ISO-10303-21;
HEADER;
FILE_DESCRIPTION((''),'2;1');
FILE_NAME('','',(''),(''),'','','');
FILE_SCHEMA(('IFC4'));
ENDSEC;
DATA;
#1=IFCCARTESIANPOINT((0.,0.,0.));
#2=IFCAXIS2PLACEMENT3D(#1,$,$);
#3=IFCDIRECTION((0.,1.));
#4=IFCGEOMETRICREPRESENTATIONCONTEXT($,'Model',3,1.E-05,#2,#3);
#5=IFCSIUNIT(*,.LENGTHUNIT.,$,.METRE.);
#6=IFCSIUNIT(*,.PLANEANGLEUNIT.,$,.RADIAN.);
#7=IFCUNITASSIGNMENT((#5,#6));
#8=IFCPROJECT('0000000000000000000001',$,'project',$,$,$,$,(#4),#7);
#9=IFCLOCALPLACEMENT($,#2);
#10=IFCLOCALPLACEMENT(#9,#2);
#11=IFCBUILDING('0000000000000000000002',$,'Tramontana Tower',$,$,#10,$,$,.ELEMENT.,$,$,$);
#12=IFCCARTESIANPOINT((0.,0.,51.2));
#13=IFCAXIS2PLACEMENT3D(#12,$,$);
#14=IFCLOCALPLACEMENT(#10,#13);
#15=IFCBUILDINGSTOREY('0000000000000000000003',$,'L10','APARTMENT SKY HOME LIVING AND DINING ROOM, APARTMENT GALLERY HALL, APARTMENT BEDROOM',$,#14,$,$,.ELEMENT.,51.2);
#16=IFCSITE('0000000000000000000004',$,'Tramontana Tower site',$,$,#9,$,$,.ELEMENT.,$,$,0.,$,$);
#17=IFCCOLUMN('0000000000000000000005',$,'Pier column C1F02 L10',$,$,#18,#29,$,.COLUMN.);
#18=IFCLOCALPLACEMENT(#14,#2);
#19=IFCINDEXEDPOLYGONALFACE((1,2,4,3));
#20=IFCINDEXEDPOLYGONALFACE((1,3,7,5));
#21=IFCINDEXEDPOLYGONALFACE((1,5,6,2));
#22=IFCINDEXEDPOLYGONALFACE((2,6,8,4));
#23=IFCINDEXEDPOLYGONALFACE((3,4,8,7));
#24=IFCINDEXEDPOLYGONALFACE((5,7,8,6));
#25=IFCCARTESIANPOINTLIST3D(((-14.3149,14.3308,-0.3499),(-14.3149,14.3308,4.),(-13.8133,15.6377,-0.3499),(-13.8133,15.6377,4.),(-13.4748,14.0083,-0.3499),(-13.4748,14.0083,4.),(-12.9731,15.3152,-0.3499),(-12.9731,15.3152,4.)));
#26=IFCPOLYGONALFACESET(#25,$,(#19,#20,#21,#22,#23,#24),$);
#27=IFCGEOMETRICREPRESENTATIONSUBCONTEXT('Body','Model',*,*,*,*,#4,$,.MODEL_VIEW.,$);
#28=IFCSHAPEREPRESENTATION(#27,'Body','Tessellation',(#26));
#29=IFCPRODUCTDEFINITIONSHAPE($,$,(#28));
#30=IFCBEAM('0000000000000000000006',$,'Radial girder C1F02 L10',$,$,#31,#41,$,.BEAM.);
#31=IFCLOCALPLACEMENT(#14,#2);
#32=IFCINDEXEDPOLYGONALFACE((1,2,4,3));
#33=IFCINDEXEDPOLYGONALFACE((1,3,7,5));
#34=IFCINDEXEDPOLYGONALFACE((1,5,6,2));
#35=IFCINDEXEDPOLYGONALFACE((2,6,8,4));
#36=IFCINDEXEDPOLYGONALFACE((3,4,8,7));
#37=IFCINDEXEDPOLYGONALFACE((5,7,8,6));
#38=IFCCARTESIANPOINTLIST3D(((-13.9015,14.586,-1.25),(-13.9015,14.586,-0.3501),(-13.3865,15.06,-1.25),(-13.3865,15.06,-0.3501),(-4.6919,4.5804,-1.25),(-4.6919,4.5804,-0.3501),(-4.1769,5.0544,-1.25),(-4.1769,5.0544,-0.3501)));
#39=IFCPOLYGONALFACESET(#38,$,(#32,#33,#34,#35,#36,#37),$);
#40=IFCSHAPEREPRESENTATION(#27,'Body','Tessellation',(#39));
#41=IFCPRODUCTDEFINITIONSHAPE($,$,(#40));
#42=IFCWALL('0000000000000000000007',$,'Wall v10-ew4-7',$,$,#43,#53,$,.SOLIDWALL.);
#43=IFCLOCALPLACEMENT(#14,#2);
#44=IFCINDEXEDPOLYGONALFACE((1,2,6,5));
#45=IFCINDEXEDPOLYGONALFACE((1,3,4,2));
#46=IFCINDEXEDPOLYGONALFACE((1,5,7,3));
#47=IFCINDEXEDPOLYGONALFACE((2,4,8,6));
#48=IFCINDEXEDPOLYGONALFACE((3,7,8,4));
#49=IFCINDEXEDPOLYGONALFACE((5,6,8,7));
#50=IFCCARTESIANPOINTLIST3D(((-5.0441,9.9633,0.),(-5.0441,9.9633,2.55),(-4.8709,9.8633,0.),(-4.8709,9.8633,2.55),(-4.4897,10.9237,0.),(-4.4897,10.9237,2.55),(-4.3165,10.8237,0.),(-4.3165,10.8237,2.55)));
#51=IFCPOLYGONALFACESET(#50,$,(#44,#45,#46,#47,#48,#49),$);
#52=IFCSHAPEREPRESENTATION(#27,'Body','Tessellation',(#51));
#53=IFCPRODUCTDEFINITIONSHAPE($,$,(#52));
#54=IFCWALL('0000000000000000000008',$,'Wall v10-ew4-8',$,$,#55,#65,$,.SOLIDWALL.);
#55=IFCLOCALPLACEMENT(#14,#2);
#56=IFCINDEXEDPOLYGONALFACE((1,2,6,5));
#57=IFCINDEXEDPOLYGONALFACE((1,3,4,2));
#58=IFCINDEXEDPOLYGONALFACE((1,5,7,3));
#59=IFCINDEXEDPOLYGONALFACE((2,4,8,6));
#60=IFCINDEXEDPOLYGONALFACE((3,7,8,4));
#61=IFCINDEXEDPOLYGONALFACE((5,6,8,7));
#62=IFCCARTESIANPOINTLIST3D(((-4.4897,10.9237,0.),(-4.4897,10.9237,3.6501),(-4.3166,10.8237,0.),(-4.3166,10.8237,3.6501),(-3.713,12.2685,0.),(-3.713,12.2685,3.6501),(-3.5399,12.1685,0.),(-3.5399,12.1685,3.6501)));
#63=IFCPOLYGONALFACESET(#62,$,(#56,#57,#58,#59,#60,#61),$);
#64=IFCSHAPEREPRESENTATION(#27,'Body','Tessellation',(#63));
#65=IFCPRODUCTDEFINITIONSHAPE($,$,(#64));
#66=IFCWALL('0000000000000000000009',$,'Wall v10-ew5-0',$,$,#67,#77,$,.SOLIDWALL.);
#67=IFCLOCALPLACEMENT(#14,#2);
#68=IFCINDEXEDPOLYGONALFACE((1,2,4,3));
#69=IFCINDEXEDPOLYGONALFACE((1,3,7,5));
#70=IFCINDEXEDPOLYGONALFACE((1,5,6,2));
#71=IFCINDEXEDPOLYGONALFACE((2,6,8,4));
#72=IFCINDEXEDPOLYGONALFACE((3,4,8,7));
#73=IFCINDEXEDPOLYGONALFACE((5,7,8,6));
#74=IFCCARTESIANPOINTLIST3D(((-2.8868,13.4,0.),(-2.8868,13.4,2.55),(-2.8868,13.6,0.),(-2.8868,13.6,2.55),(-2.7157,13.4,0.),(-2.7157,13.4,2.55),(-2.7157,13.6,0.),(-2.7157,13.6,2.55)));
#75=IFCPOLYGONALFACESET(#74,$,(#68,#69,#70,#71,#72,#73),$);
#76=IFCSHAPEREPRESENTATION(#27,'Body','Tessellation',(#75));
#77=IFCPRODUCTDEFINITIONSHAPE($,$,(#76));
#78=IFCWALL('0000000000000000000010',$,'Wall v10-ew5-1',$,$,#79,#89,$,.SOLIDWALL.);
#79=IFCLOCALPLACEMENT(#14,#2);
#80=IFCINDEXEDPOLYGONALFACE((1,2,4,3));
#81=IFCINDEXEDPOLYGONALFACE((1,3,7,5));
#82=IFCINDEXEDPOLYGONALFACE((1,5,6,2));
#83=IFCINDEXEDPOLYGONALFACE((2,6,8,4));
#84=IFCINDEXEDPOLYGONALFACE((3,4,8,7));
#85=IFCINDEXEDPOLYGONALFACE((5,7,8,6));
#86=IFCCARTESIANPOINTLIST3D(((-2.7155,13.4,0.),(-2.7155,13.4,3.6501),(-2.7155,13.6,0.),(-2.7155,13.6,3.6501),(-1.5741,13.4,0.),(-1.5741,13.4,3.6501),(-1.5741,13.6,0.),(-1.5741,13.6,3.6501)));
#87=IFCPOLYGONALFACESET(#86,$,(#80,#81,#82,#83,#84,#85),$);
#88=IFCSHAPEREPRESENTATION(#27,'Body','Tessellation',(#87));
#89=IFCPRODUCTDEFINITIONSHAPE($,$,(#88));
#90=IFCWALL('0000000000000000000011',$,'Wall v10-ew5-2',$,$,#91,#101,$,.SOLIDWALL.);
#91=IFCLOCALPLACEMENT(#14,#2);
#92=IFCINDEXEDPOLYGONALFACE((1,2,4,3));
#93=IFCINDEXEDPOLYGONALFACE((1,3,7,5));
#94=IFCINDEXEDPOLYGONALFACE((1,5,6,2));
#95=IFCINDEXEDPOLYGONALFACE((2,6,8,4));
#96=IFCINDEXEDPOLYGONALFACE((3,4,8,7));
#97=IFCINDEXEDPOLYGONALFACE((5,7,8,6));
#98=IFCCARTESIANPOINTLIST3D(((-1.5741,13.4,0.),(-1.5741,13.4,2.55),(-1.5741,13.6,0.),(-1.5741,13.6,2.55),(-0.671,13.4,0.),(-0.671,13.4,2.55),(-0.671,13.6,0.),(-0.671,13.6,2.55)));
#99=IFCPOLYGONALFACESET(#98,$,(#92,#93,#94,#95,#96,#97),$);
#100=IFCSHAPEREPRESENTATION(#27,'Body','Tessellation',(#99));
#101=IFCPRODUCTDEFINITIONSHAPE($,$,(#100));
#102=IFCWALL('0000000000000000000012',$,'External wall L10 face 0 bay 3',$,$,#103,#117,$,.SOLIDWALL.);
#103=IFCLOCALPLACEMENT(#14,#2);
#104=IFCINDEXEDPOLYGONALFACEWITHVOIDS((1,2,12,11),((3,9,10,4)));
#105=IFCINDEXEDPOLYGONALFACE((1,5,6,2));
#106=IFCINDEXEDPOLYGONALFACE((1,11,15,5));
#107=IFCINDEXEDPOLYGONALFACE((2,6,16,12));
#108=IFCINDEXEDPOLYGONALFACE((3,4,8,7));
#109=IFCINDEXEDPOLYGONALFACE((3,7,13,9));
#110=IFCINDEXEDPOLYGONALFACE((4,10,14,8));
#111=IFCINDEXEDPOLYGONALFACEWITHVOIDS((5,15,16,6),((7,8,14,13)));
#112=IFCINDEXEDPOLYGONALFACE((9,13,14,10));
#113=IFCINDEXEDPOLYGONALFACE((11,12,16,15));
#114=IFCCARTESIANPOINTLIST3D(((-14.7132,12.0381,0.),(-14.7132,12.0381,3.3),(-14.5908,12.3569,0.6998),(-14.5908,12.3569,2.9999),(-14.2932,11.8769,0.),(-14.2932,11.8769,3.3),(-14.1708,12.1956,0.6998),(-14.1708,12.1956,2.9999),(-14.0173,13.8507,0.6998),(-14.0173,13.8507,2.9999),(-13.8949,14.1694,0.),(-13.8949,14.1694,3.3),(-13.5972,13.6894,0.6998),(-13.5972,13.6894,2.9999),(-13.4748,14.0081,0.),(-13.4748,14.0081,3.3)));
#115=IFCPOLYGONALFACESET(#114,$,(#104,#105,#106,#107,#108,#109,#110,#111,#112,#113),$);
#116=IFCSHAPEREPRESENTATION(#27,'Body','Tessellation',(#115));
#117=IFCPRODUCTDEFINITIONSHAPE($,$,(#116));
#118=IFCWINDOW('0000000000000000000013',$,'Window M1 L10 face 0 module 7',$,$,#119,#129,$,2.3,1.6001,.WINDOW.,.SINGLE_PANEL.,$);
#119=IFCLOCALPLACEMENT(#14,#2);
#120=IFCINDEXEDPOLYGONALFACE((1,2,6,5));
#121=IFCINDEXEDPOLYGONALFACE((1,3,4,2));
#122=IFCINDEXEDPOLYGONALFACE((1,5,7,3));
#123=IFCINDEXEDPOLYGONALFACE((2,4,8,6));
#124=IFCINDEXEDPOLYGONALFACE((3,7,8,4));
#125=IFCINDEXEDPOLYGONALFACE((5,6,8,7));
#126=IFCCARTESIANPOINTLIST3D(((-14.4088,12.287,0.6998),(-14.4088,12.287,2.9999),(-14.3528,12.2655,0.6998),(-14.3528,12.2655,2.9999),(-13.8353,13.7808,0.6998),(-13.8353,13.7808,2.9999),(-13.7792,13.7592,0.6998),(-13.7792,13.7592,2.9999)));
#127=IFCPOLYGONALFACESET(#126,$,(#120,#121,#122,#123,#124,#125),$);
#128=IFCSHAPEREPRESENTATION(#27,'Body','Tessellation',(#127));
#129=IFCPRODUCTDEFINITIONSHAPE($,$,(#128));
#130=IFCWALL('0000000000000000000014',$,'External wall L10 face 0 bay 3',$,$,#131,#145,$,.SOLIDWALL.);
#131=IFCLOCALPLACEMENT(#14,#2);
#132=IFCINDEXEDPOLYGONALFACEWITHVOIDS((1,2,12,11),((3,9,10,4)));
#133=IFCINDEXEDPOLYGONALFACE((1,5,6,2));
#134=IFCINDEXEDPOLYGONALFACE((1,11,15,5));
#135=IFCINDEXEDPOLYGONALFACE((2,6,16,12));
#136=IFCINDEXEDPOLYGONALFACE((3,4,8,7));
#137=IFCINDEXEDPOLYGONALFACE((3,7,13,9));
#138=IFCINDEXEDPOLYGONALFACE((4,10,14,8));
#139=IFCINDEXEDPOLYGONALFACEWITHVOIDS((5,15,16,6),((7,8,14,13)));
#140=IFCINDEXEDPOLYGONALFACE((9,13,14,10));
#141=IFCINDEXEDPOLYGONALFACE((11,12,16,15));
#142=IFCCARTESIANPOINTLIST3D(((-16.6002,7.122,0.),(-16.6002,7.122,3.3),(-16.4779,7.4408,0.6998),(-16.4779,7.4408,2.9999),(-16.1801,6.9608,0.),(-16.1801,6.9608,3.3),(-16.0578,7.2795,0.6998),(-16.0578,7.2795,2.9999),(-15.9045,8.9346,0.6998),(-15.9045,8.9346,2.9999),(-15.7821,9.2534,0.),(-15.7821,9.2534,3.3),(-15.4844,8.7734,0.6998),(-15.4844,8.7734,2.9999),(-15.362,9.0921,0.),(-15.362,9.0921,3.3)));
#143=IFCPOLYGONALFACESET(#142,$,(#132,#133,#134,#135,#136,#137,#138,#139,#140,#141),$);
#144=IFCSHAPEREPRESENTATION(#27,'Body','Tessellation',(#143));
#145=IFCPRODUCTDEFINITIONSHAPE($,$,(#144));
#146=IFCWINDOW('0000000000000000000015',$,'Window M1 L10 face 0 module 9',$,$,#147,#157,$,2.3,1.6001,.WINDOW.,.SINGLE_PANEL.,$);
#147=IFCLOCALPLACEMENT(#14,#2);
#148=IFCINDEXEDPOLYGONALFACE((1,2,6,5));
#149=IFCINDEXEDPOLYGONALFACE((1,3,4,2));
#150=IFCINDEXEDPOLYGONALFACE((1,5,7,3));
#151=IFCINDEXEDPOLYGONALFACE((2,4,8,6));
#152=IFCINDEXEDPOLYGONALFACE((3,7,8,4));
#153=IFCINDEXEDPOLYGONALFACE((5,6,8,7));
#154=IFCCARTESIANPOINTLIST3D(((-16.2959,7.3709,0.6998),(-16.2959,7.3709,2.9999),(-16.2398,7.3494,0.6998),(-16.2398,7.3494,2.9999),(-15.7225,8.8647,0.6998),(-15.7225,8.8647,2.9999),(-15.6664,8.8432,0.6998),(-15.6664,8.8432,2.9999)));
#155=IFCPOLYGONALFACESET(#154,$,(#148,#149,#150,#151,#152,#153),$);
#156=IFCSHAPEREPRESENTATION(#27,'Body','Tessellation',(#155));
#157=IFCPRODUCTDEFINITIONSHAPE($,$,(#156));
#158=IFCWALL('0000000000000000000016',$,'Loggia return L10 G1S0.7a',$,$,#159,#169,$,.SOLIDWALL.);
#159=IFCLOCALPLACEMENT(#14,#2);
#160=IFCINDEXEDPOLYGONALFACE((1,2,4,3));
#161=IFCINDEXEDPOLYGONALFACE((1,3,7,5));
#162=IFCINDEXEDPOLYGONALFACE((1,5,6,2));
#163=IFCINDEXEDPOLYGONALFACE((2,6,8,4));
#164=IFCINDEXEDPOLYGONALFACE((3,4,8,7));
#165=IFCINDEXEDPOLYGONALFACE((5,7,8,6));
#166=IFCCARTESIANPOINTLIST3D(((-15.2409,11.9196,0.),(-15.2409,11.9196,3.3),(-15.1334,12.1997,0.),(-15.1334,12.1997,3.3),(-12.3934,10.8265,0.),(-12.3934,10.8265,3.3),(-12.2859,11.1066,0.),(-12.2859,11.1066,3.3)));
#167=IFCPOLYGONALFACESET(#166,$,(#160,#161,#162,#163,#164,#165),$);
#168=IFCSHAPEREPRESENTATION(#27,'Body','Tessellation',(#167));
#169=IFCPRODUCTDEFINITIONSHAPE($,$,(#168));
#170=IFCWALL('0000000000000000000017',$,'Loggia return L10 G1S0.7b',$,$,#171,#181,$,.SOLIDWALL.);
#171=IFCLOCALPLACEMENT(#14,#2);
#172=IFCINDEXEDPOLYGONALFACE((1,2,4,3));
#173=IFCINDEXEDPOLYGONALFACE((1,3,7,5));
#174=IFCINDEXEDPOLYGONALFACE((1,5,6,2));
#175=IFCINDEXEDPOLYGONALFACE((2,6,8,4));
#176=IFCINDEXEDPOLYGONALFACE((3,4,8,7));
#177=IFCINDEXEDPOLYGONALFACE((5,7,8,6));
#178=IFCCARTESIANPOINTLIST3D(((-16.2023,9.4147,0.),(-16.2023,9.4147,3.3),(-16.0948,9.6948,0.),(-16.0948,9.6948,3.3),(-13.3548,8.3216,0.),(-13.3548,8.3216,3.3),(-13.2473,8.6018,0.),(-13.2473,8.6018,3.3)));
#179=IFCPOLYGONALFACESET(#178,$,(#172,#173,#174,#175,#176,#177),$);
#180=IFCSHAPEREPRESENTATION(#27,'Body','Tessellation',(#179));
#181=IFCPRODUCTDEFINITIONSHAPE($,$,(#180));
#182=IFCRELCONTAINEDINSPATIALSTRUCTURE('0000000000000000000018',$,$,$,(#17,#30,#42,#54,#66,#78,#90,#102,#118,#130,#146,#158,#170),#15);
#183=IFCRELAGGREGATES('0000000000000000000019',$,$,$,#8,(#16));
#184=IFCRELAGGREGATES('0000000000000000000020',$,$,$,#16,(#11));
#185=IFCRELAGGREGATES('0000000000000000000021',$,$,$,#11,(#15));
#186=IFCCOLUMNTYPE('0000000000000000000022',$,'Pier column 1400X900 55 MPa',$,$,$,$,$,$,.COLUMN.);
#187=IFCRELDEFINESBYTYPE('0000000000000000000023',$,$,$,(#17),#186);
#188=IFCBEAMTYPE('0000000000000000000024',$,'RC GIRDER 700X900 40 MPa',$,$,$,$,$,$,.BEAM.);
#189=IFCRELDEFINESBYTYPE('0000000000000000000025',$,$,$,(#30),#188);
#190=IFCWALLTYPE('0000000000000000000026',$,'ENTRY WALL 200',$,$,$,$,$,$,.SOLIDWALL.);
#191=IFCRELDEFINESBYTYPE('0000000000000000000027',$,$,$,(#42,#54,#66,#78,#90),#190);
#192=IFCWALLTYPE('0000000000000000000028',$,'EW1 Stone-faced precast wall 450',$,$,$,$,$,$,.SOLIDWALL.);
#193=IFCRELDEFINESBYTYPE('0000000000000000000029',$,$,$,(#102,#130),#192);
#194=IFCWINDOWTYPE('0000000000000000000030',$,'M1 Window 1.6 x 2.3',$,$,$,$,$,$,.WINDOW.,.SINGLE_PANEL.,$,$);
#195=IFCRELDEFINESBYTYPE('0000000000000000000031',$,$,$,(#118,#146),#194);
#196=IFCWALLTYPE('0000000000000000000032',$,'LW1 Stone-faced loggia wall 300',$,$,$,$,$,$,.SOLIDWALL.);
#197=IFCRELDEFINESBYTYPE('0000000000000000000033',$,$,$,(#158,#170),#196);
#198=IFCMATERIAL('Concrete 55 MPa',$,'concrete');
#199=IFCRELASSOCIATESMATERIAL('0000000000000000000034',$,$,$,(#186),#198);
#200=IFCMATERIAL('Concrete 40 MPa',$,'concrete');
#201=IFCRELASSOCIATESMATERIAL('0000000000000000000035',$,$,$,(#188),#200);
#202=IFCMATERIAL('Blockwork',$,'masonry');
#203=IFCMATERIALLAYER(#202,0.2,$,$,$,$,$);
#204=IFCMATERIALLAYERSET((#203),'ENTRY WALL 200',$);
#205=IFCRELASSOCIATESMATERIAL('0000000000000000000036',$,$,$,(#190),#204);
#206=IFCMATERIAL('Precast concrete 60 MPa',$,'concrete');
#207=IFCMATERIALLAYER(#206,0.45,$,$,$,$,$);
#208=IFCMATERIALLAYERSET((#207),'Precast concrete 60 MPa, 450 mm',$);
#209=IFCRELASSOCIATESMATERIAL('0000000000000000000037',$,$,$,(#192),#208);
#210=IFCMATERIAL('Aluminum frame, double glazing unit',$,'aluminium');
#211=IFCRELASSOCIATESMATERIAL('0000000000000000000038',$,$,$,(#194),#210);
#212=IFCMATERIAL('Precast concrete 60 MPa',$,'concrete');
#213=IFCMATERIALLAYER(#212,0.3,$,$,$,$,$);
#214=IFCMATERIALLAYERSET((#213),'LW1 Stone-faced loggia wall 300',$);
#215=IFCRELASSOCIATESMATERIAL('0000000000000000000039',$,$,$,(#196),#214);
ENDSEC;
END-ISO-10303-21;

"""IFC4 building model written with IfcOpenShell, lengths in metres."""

from ifc_helpers import new_model, si_unit, direction, frame, frame_2d, origin, origin_2d, place, context, subcontext, project, spatial, rectangle, extrude, material, layer, layer_set, material_profile, profile_set, type_object, element, fill, save


model = new_model("IFC4")

# Units and contexts
model_context = context("Model", 3, precision=1e-05, world=origin(), true_north=direction((0.0, 1.0)))
body_context = subcontext(model_context, "Body", "Model", "MODEL_VIEW")
ifc_project = project(units=[si_unit("LENGTHUNIT", "METRE"), si_unit("PLANEANGLEUNIT", "RADIAN")], contexts=[model_context])

# Site, building, storey
site_placement = place(None, origin())
site = spatial("IfcSite", under=ifc_project, at=site_placement, Name="Tramontana Tower site", CompositionType="ELEMENT", RefElevation=0.0)
building_placement = place(site_placement, origin())
building = spatial("IfcBuilding", under=site, at=building_placement, Name="Tramontana Tower", CompositionType="ELEMENT")
storey_placement = place(building_placement, frame((0.0, 0.0, 51.2)))
storey = spatial("IfcBuildingStorey", under=building, at=storey_placement, Name="L10", Description="APARTMENT SKY HOME LIVING AND DINING ROOM, APARTMENT GALLERY HALL, APARTMENT BEDROOM", CompositionType="ELEMENT", Elevation=51.2)

# Column
ifc_material_1 = material(Name="Concrete 55 MPa", Category="concrete")
ifc_material_profile_1 = material_profile(ifc_material_1, rectangle(XDim=1.3999, YDim=0.8999, at=origin_2d()), Name="Pier column 1400X900 55 MPa")
ifc_profile_set_1 = profile_set([ifc_material_profile_1], Name="Concrete 55 MPa")
column_type = type_object("IfcColumnType", Name="Pier column 1400X900 55 MPa", PredefinedType="COLUMN", material=ifc_profile_set_1)
column_placement = place(storey_placement, frame((-13.644, 14.823, -0.3499), z_axis=(0.0, 0.0, 1.0), x_axis=(-0.358368, -0.93358, 0.0)))
element("IfcColumn", 1, at=column_placement, inside=storey, type_object=column_type, Name="Pier column C1F02 L10", PredefinedType="COLUMN", context=body_context, shape_type="SweptSolid", body=[
    extrude(rectangle(XDim=1.3999, YDim=0.8999, at=origin_2d()), origin(), (0.0, 0.0, 1.0), 4.3499),
])

# Beam
ifc_material_2 = material(Name="Concrete 40 MPa", Category="concrete")
ifc_material_profile_2 = material_profile(ifc_material_2, rectangle(XDim=0.7, YDim=0.8999, at=origin_2d()), Name="RC GIRDER 700X900 40 MPa")
ifc_profile_set_2 = profile_set([ifc_material_profile_2], Name="Concrete 40 MPa")
beam_type = type_object("IfcBeamType", Name="RC GIRDER 700X900 40 MPa", PredefinedType="BEAM", material=ifc_profile_set_2)
beam_placement = place(storey_placement, frame((-13.644, 14.823, -0.8), z_axis=(0.677238, -0.735764, 0.0), x_axis=(0.735764, 0.677238, 0.0)))
element("IfcBeam", 2, at=beam_placement, inside=storey, type_object=beam_type, Name="Radial girder C1F02 L10", PredefinedType="BEAM", context=body_context, shape_type="SweptSolid", body=[
    extrude(rectangle(XDim=0.7, YDim=0.8999, at=origin_2d()), origin(), (0.0, 0.0, 1.0), 13.5989),
])

# Walls
ifc_material_3 = material(Name="Blockwork", Category="masonry")
ifc_layer_1 = layer(ifc_material_3, 0.2)
ifc_layer_set_1 = layer_set([ifc_layer_1], Name="ENTRY WALL 200")
wall_type_1 = type_object("IfcWallType", Name="ENTRY WALL 200", PredefinedType="SOLIDWALL", material=ifc_layer_set_1)
wall_1_placement = place(storey_placement, frame((-4.9575, 9.9133, 0.0), z_axis=(0.0, 0.0, 1.0), x_axis=(0.499951, 0.866054, 0.0)))
element("IfcWall", 3, at=wall_1_placement, inside=storey, type_object=wall_type_1, Name="Wall v10-ew4-7", PredefinedType="SOLIDWALL", context=body_context, shape_type="SweptSolid", body=[
    extrude(rectangle(XDim=1.1089, YDim=0.2, at=frame_2d((0.5544, 0.0))), origin(), (0.0, 0.0, 1.0), 2.55),
])
wall_2_placement = place(storey_placement, frame((-4.4031, 10.8738, 0.0), z_axis=(0.0, 0.0, 1.0), x_axis=(0.500113, 0.86596, 0.0)))
element("IfcWall", 4, at=wall_2_placement, inside=storey, type_object=wall_type_1, Name="Wall v10-ew4-8", PredefinedType="SOLIDWALL", context=body_context, shape_type="SweptSolid", body=[
    extrude(rectangle(XDim=1.553, YDim=0.2, at=frame_2d((0.7764, 0.0))), origin(), (0.0, 0.0, 1.0), 3.6501),
])

# Walls
wall_3_placement = place(storey_placement, frame((-2.8867, 13.5, 0.0), z_axis=(0.0, 0.0, 1.0), x_axis=(1.0, 0.0, 0.0)))
element("IfcWall", 5, at=wall_3_placement, inside=storey, type_object=wall_type_1, Name="Wall v10-ew5-0", PredefinedType="SOLIDWALL", context=body_context, shape_type="SweptSolid", body=[
    extrude(rectangle(XDim=0.1711, YDim=0.2, at=frame_2d((0.0854, 0.0))), origin(), (0.0, 0.0, 1.0), 2.55),
])
wall_4_placement = place(storey_placement, frame((-2.7156, 13.5, 0.0), z_axis=(0.0, 0.0, 1.0), x_axis=(1.0, 0.0, 0.0)))
element("IfcWall", 6, at=wall_4_placement, inside=storey, type_object=wall_type_1, Name="Wall v10-ew5-1", PredefinedType="SOLIDWALL", context=body_context, shape_type="SweptSolid", body=[
    extrude(rectangle(XDim=1.1414, YDim=0.2, at=frame_2d((0.5708, 0.0))), origin(), (0.0, 0.0, 1.0), 3.6501),
])
wall_5_placement = place(storey_placement, frame((-1.5742, 13.5, 0.0), z_axis=(0.0, 0.0, 1.0), x_axis=(1.0, 0.0, 0.0)))
element("IfcWall", 7, at=wall_5_placement, inside=storey, type_object=wall_type_1, Name="Wall v10-ew5-2", PredefinedType="SOLIDWALL", context=body_context, shape_type="SweptSolid", body=[
    extrude(rectangle(XDim=0.9031, YDim=0.2, at=frame_2d((0.4517, 0.0))), origin(), (0.0, 0.0, 1.0), 2.55),
])

# Walls, openings, windows
ifc_material_4 = material(Name="Precast concrete 60 MPa", Category="concrete")
ifc_layer_2 = layer(ifc_material_4, 0.45)
ifc_layer_set_2 = layer_set([ifc_layer_2], Name="Precast concrete 60 MPa, 450 mm")
wall_type_2 = type_object("IfcWallType", Name="EW1 Stone-faced precast wall 450", PredefinedType="SOLIDWALL", material=ifc_layer_set_2)
wall_6_placement = place(storey_placement, frame((-13.6848, 14.0889, 0.0), z_axis=(0.0, 0.0, 1.0), x_axis=(-0.358449, -0.933549, 0.0)))
wall_6 = element("IfcWall", 8, at=wall_6_placement, inside=storey, type_object=wall_type_2, Name="External wall L10 face 0 bay 3", PredefinedType="SOLIDWALL", context=body_context, shape_type="SweptSolid", body=[
    extrude(rectangle(XDim=2.283, YDim=0.45, at=frame_2d((1.1416, 0.0))), origin(), (0.0, 0.0, 1.0), 3.3),
])
opening_1_placement = place(wall_6_placement, frame((0.3416, 0.0, 0.7)))
opening_1 = element("IfcOpeningElement", 9, at=opening_1_placement, cuts=wall_6, PredefinedType="OPENING", context=body_context, shape_type="SweptSolid", body=[
    extrude(rectangle(XDim=1.6001, YDim=2.3, at=frame_2d((0.8, 1.1499))), frame((0.0, 0.2349, 0.0), z_axis=(0.0, -1.0, 0.0), x_axis=(1.0, 0.0, 0.0)), (0.0, 0.0, 1.0), 0.47),
])
ifc_material_5 = material(Name="Aluminum frame, double glazing unit", Category="aluminium")
window_type = type_object("IfcWindowType", Name="M1 Window 1.6 x 2.3", PartitioningType="SINGLE_PANEL", PredefinedType="WINDOW", material=ifc_material_5)
window_1_placement = place(opening_1_placement, origin())
window_1 = element("IfcWindow", 10, at=window_1_placement, inside=storey, type_object=window_type, Name="Window M1 L10 face 0 module 7", OverallHeight=2.3, OverallWidth=1.6001, PartitioningType="SINGLE_PANEL", PredefinedType="WINDOW", context=body_context, shape_type="SweptSolid", body=[
    extrude(rectangle(XDim=1.6001, YDim=2.3, at=frame_2d((0.8, 1.1499))), frame((0.0, 0.03, 0.0), z_axis=(0.0, -1.0, 0.0), x_axis=(1.0, 0.0, 0.0)), (0.0, 0.0, 1.0), 0.0601),
])
fill(opening_1, window_1)
wall_7_placement = place(storey_placement, frame((-15.572, 9.1729, 0.0), z_axis=(0.0, 0.0, 1.0), x_axis=(-0.358356, -0.933585, 0.0)))
wall_7 = element("IfcWall", 11, at=wall_7_placement, inside=storey, type_object=wall_type_2, Name="External wall L10 face 0 bay 3", PredefinedType="SOLIDWALL", context=body_context, shape_type="SweptSolid", body=[
    extrude(rectangle(XDim=2.283, YDim=0.45, at=frame_2d((1.1416, 0.0))), origin(), (0.0, 0.0, 1.0), 3.3),
])
opening_2_placement = place(wall_7_placement, frame((0.3416, 0.0, 0.7)))
opening_2 = element("IfcOpeningElement", 12, at=opening_2_placement, cuts=wall_7, PredefinedType="OPENING", context=body_context, shape_type="SweptSolid", body=[
    extrude(rectangle(XDim=1.6001, YDim=2.3, at=frame_2d((0.8, 1.1499))), frame((0.0, 0.2349, 0.0), z_axis=(0.0, -1.0, 0.0), x_axis=(1.0, 0.0, 0.0)), (0.0, 0.0, 1.0), 0.47),
])
window_2_placement = place(opening_2_placement, origin())
window_2 = element("IfcWindow", 13, at=window_2_placement, inside=storey, type_object=window_type, Name="Window M1 L10 face 0 module 9", OverallHeight=2.3, OverallWidth=1.6001, PartitioningType="SINGLE_PANEL", PredefinedType="WINDOW", context=body_context, shape_type="SweptSolid", body=[
    extrude(rectangle(XDim=1.6001, YDim=2.3, at=frame_2d((0.8, 1.1499))), frame((0.0, 0.03, 0.0), z_axis=(0.0, -1.0, 0.0), x_axis=(1.0, 0.0, 0.0)), (0.0, 0.0, 1.0), 0.0601),
])
fill(opening_2, window_2)

# Shared definitions
ifc_material_6 = material(Name="Precast concrete 60 MPa", Category="concrete")
ifc_layer_3 = layer(ifc_material_6, 0.3)
ifc_layer_set_3 = layer_set([ifc_layer_3], Name="LW1 Stone-faced loggia wall 300")
wall_type_3 = type_object("IfcWallType", Name="LW1 Stone-faced loggia wall 300", PredefinedType="SOLIDWALL", material=ifc_layer_set_3)

# Walls
for number, where, z_axis, x_axis, name in (
    (14, (-15.187, 12.0596, 0.0), (0.0, 0.0, 1.0), (0.933581, -0.358368, 0.0), "Loggia return L10 G1S0.7a"),
    (15, (-16.1484, 9.5547, 0.0), (0.0, 0.0, 1.0), (0.933581, -0.358368, 0.0), "Loggia return L10 G1S0.7b"),
):
    element("IfcWall", number, at=place(storey_placement, frame(where, z_axis=z_axis, x_axis=x_axis)), inside=storey, type_object=wall_type_3, Name=name, PredefinedType="SOLIDWALL", context=body_context, shape_type="SweptSolid", body=[
        extrude(rectangle(XDim=3.05, YDim=0.3, at=frame_2d((1.5249, 0.0))), origin(), (0.0, 0.0, 1.0), 3.3),
    ])

save(model, "model.ifc")
